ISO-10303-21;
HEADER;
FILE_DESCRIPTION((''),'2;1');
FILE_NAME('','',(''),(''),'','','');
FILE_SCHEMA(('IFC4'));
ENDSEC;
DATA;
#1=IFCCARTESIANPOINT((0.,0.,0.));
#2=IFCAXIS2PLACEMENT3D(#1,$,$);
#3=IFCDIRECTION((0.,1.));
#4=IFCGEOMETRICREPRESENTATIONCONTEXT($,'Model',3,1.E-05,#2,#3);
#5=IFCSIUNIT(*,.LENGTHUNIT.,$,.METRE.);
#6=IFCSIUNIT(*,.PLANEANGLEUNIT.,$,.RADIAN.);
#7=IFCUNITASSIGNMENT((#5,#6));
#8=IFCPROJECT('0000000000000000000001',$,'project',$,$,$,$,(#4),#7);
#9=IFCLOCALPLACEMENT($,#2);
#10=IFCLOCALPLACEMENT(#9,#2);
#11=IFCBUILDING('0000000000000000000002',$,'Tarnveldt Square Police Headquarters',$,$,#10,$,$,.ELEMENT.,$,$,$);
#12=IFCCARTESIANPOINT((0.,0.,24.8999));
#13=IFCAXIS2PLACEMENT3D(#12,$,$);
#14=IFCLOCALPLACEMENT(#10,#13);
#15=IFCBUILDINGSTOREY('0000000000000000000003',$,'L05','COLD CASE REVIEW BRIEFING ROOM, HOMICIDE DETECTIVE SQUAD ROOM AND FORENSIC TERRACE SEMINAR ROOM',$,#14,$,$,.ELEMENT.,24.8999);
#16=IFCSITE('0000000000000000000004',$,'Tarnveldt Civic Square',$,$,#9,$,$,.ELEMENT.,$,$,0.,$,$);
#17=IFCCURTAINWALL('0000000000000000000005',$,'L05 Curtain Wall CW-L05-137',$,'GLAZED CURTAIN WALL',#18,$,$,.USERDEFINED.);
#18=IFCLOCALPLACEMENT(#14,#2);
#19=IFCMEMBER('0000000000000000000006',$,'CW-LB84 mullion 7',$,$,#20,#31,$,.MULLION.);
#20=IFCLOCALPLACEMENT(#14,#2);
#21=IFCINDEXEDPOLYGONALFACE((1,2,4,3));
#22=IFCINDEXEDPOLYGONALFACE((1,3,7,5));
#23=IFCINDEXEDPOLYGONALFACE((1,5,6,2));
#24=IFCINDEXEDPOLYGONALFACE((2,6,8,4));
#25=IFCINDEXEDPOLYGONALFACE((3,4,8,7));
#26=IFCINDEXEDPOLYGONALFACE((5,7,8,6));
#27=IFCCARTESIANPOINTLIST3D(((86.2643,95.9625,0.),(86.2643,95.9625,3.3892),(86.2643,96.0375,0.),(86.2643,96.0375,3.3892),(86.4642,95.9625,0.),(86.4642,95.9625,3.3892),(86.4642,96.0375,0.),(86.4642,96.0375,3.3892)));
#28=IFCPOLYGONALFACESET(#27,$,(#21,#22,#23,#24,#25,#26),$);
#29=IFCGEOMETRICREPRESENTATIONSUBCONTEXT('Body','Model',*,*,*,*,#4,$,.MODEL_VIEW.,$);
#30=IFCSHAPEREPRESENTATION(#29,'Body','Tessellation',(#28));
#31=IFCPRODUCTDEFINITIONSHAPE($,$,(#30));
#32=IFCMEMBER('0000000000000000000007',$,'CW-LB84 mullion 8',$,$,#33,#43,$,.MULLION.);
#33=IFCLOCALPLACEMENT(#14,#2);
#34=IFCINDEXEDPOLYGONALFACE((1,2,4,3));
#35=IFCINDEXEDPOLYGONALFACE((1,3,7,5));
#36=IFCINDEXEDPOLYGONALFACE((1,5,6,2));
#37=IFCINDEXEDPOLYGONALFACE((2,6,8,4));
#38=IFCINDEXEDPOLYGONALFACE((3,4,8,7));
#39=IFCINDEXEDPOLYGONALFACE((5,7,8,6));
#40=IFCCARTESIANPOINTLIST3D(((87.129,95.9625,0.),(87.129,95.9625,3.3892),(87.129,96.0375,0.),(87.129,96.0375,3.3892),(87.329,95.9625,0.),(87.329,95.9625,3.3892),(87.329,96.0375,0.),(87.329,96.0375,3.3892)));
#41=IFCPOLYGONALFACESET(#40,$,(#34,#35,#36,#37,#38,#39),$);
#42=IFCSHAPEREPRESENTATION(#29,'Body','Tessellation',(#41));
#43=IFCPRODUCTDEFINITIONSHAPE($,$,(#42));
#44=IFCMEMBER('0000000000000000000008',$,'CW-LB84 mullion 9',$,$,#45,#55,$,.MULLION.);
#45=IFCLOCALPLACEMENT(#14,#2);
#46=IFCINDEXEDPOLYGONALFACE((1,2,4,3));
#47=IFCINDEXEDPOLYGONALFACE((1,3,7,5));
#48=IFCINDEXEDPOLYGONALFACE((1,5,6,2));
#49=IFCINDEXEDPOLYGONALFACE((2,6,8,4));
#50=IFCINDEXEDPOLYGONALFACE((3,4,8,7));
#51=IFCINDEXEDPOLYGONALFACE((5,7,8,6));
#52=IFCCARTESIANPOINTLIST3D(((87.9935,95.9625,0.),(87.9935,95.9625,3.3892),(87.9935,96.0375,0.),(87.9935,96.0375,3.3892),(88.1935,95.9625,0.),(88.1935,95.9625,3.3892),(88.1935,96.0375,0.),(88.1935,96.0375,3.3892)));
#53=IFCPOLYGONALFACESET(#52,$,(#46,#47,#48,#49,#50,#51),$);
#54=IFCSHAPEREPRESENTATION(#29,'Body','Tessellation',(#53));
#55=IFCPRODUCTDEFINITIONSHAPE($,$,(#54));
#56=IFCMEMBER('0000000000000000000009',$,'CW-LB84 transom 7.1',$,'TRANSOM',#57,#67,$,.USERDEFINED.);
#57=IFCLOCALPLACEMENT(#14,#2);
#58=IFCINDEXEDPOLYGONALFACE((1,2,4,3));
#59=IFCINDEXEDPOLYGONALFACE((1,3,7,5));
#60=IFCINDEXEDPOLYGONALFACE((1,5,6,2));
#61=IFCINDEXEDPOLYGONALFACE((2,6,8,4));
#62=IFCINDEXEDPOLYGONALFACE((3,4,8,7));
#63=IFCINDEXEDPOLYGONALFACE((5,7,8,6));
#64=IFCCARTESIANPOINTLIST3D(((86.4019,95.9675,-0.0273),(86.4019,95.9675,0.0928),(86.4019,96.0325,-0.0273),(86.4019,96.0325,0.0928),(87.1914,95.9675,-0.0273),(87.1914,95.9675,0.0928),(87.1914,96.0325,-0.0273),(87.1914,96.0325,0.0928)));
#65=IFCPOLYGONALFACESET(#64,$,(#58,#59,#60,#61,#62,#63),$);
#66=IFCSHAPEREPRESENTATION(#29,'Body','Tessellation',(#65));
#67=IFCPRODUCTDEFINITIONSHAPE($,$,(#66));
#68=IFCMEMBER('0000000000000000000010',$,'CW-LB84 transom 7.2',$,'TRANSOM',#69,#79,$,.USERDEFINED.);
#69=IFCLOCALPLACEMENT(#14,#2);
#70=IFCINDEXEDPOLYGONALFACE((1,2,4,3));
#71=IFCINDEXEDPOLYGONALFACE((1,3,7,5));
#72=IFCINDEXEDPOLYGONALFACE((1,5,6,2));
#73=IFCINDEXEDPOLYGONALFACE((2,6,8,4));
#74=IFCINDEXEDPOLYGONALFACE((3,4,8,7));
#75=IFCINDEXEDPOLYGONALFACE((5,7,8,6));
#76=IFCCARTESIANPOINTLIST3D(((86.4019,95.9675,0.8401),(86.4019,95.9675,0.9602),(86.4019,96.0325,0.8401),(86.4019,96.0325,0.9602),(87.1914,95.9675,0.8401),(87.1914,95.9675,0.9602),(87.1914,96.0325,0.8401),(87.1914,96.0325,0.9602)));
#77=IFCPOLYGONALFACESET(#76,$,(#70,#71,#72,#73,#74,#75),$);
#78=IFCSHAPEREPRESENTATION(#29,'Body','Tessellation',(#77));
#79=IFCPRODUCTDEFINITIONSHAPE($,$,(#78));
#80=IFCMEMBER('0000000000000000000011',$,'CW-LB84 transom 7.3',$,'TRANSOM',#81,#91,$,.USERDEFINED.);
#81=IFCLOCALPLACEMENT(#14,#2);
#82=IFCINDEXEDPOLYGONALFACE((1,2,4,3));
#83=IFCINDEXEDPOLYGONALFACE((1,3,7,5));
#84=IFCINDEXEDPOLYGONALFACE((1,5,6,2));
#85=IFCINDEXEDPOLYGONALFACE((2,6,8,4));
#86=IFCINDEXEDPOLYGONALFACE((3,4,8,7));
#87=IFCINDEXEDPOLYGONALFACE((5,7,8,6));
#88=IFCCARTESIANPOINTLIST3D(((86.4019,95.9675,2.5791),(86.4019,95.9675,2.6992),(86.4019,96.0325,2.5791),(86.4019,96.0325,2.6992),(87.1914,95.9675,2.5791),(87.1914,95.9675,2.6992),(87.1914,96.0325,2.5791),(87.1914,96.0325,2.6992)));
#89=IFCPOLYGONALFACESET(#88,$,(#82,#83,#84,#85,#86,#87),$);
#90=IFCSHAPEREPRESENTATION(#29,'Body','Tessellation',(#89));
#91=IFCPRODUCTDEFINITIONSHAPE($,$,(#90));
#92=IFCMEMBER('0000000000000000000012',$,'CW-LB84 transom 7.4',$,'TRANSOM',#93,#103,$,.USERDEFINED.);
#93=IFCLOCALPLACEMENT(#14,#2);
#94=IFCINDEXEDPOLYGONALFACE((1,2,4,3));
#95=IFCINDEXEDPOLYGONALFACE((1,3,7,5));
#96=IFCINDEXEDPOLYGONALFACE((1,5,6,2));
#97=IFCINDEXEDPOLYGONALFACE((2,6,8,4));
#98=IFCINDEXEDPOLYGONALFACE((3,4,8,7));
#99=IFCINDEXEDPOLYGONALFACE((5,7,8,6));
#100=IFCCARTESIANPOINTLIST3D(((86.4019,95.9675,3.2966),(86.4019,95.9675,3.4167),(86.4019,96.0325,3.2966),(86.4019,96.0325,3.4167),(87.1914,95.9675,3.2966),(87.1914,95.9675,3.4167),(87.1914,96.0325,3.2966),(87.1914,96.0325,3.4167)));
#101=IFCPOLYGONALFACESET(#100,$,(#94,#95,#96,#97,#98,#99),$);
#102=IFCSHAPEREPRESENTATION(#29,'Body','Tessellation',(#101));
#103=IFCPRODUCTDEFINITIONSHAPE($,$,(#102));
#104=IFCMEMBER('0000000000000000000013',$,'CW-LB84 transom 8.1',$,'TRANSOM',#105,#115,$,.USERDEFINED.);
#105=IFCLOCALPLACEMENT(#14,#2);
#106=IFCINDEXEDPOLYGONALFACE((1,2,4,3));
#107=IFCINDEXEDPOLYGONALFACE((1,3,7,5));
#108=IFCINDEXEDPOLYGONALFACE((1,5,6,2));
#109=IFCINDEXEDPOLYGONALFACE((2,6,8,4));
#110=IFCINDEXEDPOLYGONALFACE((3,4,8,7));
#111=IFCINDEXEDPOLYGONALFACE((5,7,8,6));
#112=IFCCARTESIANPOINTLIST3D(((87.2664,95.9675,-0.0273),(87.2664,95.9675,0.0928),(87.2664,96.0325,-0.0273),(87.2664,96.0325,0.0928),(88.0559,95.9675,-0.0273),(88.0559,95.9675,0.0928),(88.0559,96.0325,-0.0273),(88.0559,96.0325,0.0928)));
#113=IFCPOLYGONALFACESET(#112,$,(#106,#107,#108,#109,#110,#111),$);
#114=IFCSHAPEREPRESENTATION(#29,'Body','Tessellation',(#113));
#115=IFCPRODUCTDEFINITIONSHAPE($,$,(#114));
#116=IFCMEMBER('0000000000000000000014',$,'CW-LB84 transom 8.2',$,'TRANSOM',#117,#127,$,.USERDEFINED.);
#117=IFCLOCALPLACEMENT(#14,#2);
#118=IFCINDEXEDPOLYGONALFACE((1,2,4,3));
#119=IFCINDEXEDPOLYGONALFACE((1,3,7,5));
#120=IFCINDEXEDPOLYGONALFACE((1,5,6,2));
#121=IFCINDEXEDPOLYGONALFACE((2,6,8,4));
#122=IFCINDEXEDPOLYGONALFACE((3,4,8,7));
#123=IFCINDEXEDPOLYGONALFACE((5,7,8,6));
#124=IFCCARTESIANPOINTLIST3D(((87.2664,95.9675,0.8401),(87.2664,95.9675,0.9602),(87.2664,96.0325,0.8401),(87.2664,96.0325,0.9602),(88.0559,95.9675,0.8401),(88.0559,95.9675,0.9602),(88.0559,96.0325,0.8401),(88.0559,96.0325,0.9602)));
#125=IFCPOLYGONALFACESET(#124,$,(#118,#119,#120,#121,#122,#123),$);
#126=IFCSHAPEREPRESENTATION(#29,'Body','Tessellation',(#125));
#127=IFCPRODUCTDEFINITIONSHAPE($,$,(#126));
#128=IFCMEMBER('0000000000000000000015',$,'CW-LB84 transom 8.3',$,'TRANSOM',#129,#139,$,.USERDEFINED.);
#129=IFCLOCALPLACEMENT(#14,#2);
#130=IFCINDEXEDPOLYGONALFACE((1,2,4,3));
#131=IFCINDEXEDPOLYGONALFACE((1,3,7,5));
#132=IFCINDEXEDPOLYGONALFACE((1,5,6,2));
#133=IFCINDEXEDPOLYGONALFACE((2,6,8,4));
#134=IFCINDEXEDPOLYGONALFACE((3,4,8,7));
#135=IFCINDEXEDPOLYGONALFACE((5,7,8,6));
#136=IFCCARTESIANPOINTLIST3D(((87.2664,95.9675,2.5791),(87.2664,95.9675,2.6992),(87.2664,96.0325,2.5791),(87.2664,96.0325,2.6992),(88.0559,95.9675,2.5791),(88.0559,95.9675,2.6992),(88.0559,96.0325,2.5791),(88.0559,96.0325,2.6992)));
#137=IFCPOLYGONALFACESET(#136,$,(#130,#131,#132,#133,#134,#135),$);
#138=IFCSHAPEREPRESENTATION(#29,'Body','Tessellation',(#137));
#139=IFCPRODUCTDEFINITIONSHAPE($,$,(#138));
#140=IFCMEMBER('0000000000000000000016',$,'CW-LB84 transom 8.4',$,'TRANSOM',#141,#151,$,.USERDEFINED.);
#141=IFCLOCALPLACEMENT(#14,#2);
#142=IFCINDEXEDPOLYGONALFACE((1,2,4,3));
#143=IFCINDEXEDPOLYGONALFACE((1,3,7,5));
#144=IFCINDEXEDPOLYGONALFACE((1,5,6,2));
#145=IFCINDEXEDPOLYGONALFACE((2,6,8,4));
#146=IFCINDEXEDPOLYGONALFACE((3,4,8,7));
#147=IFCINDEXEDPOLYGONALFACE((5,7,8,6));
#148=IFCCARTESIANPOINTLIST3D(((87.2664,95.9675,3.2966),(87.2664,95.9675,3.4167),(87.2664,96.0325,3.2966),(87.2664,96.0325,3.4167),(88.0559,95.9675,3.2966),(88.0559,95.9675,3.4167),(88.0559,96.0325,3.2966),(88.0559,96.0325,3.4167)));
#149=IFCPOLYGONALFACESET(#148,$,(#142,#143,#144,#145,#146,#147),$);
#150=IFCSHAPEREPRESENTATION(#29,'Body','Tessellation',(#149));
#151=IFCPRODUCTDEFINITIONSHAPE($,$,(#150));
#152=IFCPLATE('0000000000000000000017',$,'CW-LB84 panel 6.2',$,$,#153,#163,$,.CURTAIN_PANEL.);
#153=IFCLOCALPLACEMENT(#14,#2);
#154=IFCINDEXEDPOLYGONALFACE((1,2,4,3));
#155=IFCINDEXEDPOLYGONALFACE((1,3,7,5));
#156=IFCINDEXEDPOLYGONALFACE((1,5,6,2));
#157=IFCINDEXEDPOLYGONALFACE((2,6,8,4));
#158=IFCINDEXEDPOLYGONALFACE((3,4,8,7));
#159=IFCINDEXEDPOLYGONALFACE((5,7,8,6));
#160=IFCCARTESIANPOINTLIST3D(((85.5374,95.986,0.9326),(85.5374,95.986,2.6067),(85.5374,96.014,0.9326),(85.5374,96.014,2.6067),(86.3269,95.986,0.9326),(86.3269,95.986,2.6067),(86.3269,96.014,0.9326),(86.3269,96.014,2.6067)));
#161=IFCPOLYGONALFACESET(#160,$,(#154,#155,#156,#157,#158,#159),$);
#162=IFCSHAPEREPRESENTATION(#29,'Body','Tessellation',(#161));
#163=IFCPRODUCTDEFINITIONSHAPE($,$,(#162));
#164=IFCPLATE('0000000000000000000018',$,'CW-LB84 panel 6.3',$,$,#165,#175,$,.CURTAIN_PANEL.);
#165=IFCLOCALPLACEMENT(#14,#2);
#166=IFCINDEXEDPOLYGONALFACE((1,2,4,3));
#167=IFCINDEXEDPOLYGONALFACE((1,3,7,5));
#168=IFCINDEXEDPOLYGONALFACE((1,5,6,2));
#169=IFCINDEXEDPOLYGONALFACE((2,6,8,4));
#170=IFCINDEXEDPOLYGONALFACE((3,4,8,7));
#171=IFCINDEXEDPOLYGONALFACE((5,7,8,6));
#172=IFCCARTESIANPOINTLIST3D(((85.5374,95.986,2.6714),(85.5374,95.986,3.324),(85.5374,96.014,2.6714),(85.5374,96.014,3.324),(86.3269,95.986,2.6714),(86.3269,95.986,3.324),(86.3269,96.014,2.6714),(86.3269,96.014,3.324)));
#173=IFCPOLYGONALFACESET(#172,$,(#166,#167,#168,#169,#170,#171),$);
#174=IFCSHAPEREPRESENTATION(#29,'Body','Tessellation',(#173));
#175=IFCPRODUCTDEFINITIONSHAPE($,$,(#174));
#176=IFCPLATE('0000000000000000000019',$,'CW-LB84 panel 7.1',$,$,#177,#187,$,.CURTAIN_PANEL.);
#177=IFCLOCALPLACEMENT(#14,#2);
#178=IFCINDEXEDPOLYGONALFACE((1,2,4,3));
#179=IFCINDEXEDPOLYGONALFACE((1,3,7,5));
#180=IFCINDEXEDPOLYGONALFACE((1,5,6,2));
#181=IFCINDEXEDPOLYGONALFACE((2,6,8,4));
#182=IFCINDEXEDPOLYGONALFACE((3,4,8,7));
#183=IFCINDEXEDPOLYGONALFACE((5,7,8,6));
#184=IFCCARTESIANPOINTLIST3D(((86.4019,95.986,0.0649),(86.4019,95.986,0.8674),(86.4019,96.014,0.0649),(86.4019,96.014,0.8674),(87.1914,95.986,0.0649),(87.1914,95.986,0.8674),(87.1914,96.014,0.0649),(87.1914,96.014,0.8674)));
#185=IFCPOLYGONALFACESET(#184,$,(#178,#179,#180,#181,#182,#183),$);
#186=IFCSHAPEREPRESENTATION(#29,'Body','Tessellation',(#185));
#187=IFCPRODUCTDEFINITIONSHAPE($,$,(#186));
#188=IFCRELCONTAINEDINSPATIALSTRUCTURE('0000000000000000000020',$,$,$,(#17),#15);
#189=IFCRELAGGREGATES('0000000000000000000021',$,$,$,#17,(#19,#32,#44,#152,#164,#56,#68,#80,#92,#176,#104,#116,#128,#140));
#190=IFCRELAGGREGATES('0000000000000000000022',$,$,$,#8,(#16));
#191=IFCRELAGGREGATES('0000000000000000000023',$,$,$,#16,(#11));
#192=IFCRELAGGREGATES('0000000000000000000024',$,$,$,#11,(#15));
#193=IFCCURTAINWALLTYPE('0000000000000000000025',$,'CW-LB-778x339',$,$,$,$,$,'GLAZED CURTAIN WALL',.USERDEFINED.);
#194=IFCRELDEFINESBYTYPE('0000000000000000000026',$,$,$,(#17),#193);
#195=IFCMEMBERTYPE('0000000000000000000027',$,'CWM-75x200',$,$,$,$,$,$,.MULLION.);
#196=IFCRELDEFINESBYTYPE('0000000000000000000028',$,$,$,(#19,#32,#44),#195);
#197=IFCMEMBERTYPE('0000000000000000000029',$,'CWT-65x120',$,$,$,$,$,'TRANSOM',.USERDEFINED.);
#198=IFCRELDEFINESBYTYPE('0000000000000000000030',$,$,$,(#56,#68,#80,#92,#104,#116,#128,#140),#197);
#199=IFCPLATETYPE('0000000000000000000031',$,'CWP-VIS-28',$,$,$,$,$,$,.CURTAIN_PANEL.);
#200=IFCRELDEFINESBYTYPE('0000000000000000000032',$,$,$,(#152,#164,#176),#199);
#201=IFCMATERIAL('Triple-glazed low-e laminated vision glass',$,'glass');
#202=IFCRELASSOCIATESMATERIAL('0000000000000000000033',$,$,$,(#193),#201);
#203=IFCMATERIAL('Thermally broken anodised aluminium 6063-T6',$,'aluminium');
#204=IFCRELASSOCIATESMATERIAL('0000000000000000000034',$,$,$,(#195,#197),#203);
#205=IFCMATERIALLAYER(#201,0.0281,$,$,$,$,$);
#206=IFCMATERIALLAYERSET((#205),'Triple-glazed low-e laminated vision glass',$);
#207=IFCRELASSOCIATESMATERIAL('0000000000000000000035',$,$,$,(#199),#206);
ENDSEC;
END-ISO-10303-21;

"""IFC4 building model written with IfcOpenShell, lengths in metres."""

from ifc_helpers import new_model, si_unit, direction, frame, origin, origin_2d, place, context, subcontext, project, spatial, rectangle, extrude, material, layer, layer_set, material_profile, profile_set, type_object, element, aggregate, save


model = new_model("IFC4")

# Units and contexts
model_context = context("Model", 3, precision=1e-05, world=origin(), true_north=direction((0.0, 1.0)))
body_context = subcontext(model_context, "Body", "Model", "MODEL_VIEW")
ifc_project = project(units=[si_unit("LENGTHUNIT", "METRE"), si_unit("PLANEANGLEUNIT", "RADIAN")], contexts=[model_context])

# Site, building, storey
site_placement = place(None, origin())
site = spatial("IfcSite", under=ifc_project, at=site_placement, Name="Tarnveldt Civic Square", CompositionType="ELEMENT", RefElevation=0.0)
building_placement = place(site_placement, origin())
building = spatial("IfcBuilding", under=site, at=building_placement, Name="Tarnveldt Square Police Headquarters", CompositionType="ELEMENT")
storey_placement = place(building_placement, frame((0.0, 0.0, 24.8999)))
storey = spatial("IfcBuildingStorey", under=building, at=storey_placement, Name="L05", Description="COLD CASE REVIEW BRIEFING ROOM, HOMICIDE DETECTIVE SQUAD ROOM AND FORENSIC TERRACE SEMINAR ROOM", CompositionType="ELEMENT", Elevation=24.8999)

# Curtain wall, members, plates
ifc_material_1 = material(Name="Triple-glazed low-e laminated vision glass", Category="glass")
curtain_wall_type = type_object("IfcCurtainWallType", Name="CW-LB-778x339", ElementType="GLAZED CURTAIN WALL", PredefinedType="USERDEFINED", material=ifc_material_1)
curtain_wall_placement = place(storey_placement, origin())
curtain_wall = element("IfcCurtainWall", 1, at=curtain_wall_placement, inside=storey, type_object=curtain_wall_type, Name="L05 Curtain Wall CW-L05-137", ObjectType="GLAZED CURTAIN WALL", PredefinedType="USERDEFINED")
ifc_material_2 = material(Name="Thermally broken anodised aluminium 6063-T6", Category="aluminium")
ifc_material_profile_1 = material_profile(ifc_material_2, rectangle(XDim=0.075, YDim=0.2, at=origin_2d()), Name="CW-M75x200")
ifc_profile_set_1 = profile_set([ifc_material_profile_1], Name="Thermally broken anodised aluminium 6063-T6")
member_type_1 = type_object("IfcMemberType", Name="CWM-75x200", PredefinedType="MULLION", material=ifc_profile_set_1)
member_1_placement = place(storey_placement, frame((86.3643, 96.0, 0.0), z_axis=(0.0, 0.0, 1.0), x_axis=(0.0, 1.0, 0.0)))
member_1 = element("IfcMember", 2, at=member_1_placement, type_object=member_type_1, Name="CW-LB84 mullion 7", PredefinedType="MULLION", context=body_context, shape_type="SweptSolid", body=[
    extrude(rectangle(XDim=0.075, YDim=0.2, at=origin_2d()), origin(), (0.0, 0.0, 1.0), 3.3892),
])
member_2_placement = place(storey_placement, frame((87.229, 96.0, 0.0), z_axis=(0.0, 0.0, 1.0), x_axis=(0.0, 1.0, 0.0)))
member_2 = element("IfcMember", 3, at=member_2_placement, type_object=member_type_1, Name="CW-LB84 mullion 8", PredefinedType="MULLION", context=body_context, shape_type="SweptSolid", body=[
    extrude(rectangle(XDim=0.075, YDim=0.2, at=origin_2d()), origin(), (0.0, 0.0, 1.0), 3.3892),
])
member_3_placement = place(storey_placement, frame((88.0935, 96.0, 0.0), z_axis=(0.0, 0.0, 1.0), x_axis=(0.0, 1.0, 0.0)))
member_3 = element("IfcMember", 4, at=member_3_placement, type_object=member_type_1, Name="CW-LB84 mullion 9", PredefinedType="MULLION", context=body_context, shape_type="SweptSolid", body=[
    extrude(rectangle(XDim=0.075, YDim=0.2, at=origin_2d()), origin(), (0.0, 0.0, 1.0), 3.3892),
])
ifc_material_profile_2 = material_profile(ifc_material_2, rectangle(XDim=0.0649, YDim=0.1201, at=origin_2d()), Name="CW-T65x120")
ifc_profile_set_2 = profile_set([ifc_material_profile_2], Name="Thermally broken anodised aluminium 6063-T6")
member_type_2 = type_object("IfcMemberType", Name="CWT-65x120", ElementType="TRANSOM", PredefinedType="USERDEFINED", material=ifc_profile_set_2)
member_4_placement = place(storey_placement, frame((86.4019, 96.0, 0.0327), z_axis=(1.0, 0.0, 0.0), x_axis=(0.0, 1.0, 0.0)))
member_4 = element("IfcMember", 5, at=member_4_placement, type_object=member_type_2, Name="CW-LB84 transom 7.1", ObjectType="TRANSOM", PredefinedType="USERDEFINED", context=body_context, shape_type="SweptSolid", body=[
    extrude(rectangle(XDim=0.0649, YDim=0.1201, at=origin_2d()), origin(), (0.0, 0.0, 1.0), 0.7896),
])
member_5_placement = place(storey_placement, frame((86.4019, 96.0, 0.9001), z_axis=(1.0, 0.0, 0.0), x_axis=(0.0, 1.0, 0.0)))
member_5 = element("IfcMember", 6, at=member_5_placement, type_object=member_type_2, Name="CW-LB84 transom 7.2", ObjectType="TRANSOM", PredefinedType="USERDEFINED", context=body_context, shape_type="SweptSolid", body=[
    extrude(rectangle(XDim=0.0649, YDim=0.1201, at=origin_2d()), origin(), (0.0, 0.0, 1.0), 0.7896),
])
member_6_placement = place(storey_placement, frame((86.4019, 96.0, 2.6392), z_axis=(1.0, 0.0, 0.0), x_axis=(0.0, 1.0, 0.0)))
member_6 = element("IfcMember", 7, at=member_6_placement, type_object=member_type_2, Name="CW-LB84 transom 7.3", ObjectType="TRANSOM", PredefinedType="USERDEFINED", context=body_context, shape_type="SweptSolid", body=[
    extrude(rectangle(XDim=0.0649, YDim=0.1201, at=origin_2d()), origin(), (0.0, 0.0, 1.0), 0.7896),
])
member_7_placement = place(storey_placement, frame((86.4019, 96.0, 3.3567), z_axis=(1.0, 0.0, 0.0), x_axis=(0.0, 1.0, 0.0)))
member_7 = element("IfcMember", 8, at=member_7_placement, type_object=member_type_2, Name="CW-LB84 transom 7.4", ObjectType="TRANSOM", PredefinedType="USERDEFINED", context=body_context, shape_type="SweptSolid", body=[
    extrude(rectangle(XDim=0.0649, YDim=0.1201, at=origin_2d()), origin(), (0.0, 0.0, 1.0), 0.7896),
])
member_8_placement = place(storey_placement, frame((87.2664, 96.0, 0.0327), z_axis=(1.0, 0.0, 0.0), x_axis=(0.0, 1.0, 0.0)))
member_8 = element("IfcMember", 9, at=member_8_placement, type_object=member_type_2, Name="CW-LB84 transom 8.1", ObjectType="TRANSOM", PredefinedType="USERDEFINED", context=body_context, shape_type="SweptSolid", body=[
    extrude(rectangle(XDim=0.0649, YDim=0.1201, at=origin_2d()), origin(), (0.0, 0.0, 1.0), 0.7896),
])
member_9_placement = place(storey_placement, frame((87.2664, 96.0, 0.9001), z_axis=(1.0, 0.0, 0.0), x_axis=(0.0, 1.0, 0.0)))
member_9 = element("IfcMember", 10, at=member_9_placement, type_object=member_type_2, Name="CW-LB84 transom 8.2", ObjectType="TRANSOM", PredefinedType="USERDEFINED", context=body_context, shape_type="SweptSolid", body=[
    extrude(rectangle(XDim=0.0649, YDim=0.1201, at=origin_2d()), origin(), (0.0, 0.0, 1.0), 0.7896),
])
member_10_placement = place(storey_placement, frame((87.2664, 96.0, 2.6392), z_axis=(1.0, 0.0, 0.0), x_axis=(0.0, 1.0, 0.0)))
member_10 = element("IfcMember", 11, at=member_10_placement, type_object=member_type_2, Name="CW-LB84 transom 8.3", ObjectType="TRANSOM", PredefinedType="USERDEFINED", context=body_context, shape_type="SweptSolid", body=[
    extrude(rectangle(XDim=0.0649, YDim=0.1201, at=origin_2d()), origin(), (0.0, 0.0, 1.0), 0.7896),
])
member_11_placement = place(storey_placement, frame((87.2664, 96.0, 3.3567), z_axis=(1.0, 0.0, 0.0), x_axis=(0.0, 1.0, 0.0)))
member_11 = element("IfcMember", 12, at=member_11_placement, type_object=member_type_2, Name="CW-LB84 transom 8.4", ObjectType="TRANSOM", PredefinedType="USERDEFINED", context=body_context, shape_type="SweptSolid", body=[
    extrude(rectangle(XDim=0.0649, YDim=0.1201, at=origin_2d()), origin(), (0.0, 0.0, 1.0), 0.7896),
])
ifc_layer = layer(ifc_material_1, 0.0281)
ifc_layer_set = layer_set([ifc_layer], Name="Triple-glazed low-e laminated vision glass")
plate_type = type_object("IfcPlateType", Name="CWP-VIS-28", PredefinedType="CURTAIN_PANEL", material=ifc_layer_set)
plate_1_placement = place(storey_placement, frame((85.9321, 96.0, 0.9326), z_axis=(0.0, 0.0, 1.0), x_axis=(1.0, 0.0, 0.0)))
plate_1 = element("IfcPlate", 13, at=plate_1_placement, type_object=plate_type, Name="CW-LB84 panel 6.2", PredefinedType="CURTAIN_PANEL", context=body_context, shape_type="SweptSolid", body=[
    extrude(rectangle(XDim=0.7896, YDim=0.0281, at=origin_2d()), origin(), (0.0, 0.0, 1.0), 1.6741),
])
plate_2_placement = place(storey_placement, frame((85.9321, 96.0, 2.6714), z_axis=(0.0, 0.0, 1.0), x_axis=(1.0, 0.0, 0.0)))
plate_2 = element("IfcPlate", 14, at=plate_2_placement, type_object=plate_type, Name="CW-LB84 panel 6.3", PredefinedType="CURTAIN_PANEL", context=body_context, shape_type="SweptSolid", body=[
    extrude(rectangle(XDim=0.7896, YDim=0.0281, at=origin_2d()), origin(), (0.0, 0.0, 1.0), 0.6526),
])
plate_3_placement = place(storey_placement, frame((86.7966, 96.0, 0.0649), z_axis=(0.0, 0.0, 1.0), x_axis=(1.0, 0.0, 0.0)))
plate_3 = element("IfcPlate", 15, at=plate_3_placement, type_object=plate_type, Name="CW-LB84 panel 7.1", PredefinedType="CURTAIN_PANEL", context=body_context, shape_type="SweptSolid", body=[
    extrude(rectangle(XDim=0.7896, YDim=0.0281, at=origin_2d()), origin(), (0.0, 0.0, 1.0), 0.8025),
])
aggregate(curtain_wall, [member_1, member_2, member_3, plate_1, plate_2, member_4, member_5, member_6, member_7, plate_3, member_8, member_9, member_10, member_11])

save(model, "model.ifc")
